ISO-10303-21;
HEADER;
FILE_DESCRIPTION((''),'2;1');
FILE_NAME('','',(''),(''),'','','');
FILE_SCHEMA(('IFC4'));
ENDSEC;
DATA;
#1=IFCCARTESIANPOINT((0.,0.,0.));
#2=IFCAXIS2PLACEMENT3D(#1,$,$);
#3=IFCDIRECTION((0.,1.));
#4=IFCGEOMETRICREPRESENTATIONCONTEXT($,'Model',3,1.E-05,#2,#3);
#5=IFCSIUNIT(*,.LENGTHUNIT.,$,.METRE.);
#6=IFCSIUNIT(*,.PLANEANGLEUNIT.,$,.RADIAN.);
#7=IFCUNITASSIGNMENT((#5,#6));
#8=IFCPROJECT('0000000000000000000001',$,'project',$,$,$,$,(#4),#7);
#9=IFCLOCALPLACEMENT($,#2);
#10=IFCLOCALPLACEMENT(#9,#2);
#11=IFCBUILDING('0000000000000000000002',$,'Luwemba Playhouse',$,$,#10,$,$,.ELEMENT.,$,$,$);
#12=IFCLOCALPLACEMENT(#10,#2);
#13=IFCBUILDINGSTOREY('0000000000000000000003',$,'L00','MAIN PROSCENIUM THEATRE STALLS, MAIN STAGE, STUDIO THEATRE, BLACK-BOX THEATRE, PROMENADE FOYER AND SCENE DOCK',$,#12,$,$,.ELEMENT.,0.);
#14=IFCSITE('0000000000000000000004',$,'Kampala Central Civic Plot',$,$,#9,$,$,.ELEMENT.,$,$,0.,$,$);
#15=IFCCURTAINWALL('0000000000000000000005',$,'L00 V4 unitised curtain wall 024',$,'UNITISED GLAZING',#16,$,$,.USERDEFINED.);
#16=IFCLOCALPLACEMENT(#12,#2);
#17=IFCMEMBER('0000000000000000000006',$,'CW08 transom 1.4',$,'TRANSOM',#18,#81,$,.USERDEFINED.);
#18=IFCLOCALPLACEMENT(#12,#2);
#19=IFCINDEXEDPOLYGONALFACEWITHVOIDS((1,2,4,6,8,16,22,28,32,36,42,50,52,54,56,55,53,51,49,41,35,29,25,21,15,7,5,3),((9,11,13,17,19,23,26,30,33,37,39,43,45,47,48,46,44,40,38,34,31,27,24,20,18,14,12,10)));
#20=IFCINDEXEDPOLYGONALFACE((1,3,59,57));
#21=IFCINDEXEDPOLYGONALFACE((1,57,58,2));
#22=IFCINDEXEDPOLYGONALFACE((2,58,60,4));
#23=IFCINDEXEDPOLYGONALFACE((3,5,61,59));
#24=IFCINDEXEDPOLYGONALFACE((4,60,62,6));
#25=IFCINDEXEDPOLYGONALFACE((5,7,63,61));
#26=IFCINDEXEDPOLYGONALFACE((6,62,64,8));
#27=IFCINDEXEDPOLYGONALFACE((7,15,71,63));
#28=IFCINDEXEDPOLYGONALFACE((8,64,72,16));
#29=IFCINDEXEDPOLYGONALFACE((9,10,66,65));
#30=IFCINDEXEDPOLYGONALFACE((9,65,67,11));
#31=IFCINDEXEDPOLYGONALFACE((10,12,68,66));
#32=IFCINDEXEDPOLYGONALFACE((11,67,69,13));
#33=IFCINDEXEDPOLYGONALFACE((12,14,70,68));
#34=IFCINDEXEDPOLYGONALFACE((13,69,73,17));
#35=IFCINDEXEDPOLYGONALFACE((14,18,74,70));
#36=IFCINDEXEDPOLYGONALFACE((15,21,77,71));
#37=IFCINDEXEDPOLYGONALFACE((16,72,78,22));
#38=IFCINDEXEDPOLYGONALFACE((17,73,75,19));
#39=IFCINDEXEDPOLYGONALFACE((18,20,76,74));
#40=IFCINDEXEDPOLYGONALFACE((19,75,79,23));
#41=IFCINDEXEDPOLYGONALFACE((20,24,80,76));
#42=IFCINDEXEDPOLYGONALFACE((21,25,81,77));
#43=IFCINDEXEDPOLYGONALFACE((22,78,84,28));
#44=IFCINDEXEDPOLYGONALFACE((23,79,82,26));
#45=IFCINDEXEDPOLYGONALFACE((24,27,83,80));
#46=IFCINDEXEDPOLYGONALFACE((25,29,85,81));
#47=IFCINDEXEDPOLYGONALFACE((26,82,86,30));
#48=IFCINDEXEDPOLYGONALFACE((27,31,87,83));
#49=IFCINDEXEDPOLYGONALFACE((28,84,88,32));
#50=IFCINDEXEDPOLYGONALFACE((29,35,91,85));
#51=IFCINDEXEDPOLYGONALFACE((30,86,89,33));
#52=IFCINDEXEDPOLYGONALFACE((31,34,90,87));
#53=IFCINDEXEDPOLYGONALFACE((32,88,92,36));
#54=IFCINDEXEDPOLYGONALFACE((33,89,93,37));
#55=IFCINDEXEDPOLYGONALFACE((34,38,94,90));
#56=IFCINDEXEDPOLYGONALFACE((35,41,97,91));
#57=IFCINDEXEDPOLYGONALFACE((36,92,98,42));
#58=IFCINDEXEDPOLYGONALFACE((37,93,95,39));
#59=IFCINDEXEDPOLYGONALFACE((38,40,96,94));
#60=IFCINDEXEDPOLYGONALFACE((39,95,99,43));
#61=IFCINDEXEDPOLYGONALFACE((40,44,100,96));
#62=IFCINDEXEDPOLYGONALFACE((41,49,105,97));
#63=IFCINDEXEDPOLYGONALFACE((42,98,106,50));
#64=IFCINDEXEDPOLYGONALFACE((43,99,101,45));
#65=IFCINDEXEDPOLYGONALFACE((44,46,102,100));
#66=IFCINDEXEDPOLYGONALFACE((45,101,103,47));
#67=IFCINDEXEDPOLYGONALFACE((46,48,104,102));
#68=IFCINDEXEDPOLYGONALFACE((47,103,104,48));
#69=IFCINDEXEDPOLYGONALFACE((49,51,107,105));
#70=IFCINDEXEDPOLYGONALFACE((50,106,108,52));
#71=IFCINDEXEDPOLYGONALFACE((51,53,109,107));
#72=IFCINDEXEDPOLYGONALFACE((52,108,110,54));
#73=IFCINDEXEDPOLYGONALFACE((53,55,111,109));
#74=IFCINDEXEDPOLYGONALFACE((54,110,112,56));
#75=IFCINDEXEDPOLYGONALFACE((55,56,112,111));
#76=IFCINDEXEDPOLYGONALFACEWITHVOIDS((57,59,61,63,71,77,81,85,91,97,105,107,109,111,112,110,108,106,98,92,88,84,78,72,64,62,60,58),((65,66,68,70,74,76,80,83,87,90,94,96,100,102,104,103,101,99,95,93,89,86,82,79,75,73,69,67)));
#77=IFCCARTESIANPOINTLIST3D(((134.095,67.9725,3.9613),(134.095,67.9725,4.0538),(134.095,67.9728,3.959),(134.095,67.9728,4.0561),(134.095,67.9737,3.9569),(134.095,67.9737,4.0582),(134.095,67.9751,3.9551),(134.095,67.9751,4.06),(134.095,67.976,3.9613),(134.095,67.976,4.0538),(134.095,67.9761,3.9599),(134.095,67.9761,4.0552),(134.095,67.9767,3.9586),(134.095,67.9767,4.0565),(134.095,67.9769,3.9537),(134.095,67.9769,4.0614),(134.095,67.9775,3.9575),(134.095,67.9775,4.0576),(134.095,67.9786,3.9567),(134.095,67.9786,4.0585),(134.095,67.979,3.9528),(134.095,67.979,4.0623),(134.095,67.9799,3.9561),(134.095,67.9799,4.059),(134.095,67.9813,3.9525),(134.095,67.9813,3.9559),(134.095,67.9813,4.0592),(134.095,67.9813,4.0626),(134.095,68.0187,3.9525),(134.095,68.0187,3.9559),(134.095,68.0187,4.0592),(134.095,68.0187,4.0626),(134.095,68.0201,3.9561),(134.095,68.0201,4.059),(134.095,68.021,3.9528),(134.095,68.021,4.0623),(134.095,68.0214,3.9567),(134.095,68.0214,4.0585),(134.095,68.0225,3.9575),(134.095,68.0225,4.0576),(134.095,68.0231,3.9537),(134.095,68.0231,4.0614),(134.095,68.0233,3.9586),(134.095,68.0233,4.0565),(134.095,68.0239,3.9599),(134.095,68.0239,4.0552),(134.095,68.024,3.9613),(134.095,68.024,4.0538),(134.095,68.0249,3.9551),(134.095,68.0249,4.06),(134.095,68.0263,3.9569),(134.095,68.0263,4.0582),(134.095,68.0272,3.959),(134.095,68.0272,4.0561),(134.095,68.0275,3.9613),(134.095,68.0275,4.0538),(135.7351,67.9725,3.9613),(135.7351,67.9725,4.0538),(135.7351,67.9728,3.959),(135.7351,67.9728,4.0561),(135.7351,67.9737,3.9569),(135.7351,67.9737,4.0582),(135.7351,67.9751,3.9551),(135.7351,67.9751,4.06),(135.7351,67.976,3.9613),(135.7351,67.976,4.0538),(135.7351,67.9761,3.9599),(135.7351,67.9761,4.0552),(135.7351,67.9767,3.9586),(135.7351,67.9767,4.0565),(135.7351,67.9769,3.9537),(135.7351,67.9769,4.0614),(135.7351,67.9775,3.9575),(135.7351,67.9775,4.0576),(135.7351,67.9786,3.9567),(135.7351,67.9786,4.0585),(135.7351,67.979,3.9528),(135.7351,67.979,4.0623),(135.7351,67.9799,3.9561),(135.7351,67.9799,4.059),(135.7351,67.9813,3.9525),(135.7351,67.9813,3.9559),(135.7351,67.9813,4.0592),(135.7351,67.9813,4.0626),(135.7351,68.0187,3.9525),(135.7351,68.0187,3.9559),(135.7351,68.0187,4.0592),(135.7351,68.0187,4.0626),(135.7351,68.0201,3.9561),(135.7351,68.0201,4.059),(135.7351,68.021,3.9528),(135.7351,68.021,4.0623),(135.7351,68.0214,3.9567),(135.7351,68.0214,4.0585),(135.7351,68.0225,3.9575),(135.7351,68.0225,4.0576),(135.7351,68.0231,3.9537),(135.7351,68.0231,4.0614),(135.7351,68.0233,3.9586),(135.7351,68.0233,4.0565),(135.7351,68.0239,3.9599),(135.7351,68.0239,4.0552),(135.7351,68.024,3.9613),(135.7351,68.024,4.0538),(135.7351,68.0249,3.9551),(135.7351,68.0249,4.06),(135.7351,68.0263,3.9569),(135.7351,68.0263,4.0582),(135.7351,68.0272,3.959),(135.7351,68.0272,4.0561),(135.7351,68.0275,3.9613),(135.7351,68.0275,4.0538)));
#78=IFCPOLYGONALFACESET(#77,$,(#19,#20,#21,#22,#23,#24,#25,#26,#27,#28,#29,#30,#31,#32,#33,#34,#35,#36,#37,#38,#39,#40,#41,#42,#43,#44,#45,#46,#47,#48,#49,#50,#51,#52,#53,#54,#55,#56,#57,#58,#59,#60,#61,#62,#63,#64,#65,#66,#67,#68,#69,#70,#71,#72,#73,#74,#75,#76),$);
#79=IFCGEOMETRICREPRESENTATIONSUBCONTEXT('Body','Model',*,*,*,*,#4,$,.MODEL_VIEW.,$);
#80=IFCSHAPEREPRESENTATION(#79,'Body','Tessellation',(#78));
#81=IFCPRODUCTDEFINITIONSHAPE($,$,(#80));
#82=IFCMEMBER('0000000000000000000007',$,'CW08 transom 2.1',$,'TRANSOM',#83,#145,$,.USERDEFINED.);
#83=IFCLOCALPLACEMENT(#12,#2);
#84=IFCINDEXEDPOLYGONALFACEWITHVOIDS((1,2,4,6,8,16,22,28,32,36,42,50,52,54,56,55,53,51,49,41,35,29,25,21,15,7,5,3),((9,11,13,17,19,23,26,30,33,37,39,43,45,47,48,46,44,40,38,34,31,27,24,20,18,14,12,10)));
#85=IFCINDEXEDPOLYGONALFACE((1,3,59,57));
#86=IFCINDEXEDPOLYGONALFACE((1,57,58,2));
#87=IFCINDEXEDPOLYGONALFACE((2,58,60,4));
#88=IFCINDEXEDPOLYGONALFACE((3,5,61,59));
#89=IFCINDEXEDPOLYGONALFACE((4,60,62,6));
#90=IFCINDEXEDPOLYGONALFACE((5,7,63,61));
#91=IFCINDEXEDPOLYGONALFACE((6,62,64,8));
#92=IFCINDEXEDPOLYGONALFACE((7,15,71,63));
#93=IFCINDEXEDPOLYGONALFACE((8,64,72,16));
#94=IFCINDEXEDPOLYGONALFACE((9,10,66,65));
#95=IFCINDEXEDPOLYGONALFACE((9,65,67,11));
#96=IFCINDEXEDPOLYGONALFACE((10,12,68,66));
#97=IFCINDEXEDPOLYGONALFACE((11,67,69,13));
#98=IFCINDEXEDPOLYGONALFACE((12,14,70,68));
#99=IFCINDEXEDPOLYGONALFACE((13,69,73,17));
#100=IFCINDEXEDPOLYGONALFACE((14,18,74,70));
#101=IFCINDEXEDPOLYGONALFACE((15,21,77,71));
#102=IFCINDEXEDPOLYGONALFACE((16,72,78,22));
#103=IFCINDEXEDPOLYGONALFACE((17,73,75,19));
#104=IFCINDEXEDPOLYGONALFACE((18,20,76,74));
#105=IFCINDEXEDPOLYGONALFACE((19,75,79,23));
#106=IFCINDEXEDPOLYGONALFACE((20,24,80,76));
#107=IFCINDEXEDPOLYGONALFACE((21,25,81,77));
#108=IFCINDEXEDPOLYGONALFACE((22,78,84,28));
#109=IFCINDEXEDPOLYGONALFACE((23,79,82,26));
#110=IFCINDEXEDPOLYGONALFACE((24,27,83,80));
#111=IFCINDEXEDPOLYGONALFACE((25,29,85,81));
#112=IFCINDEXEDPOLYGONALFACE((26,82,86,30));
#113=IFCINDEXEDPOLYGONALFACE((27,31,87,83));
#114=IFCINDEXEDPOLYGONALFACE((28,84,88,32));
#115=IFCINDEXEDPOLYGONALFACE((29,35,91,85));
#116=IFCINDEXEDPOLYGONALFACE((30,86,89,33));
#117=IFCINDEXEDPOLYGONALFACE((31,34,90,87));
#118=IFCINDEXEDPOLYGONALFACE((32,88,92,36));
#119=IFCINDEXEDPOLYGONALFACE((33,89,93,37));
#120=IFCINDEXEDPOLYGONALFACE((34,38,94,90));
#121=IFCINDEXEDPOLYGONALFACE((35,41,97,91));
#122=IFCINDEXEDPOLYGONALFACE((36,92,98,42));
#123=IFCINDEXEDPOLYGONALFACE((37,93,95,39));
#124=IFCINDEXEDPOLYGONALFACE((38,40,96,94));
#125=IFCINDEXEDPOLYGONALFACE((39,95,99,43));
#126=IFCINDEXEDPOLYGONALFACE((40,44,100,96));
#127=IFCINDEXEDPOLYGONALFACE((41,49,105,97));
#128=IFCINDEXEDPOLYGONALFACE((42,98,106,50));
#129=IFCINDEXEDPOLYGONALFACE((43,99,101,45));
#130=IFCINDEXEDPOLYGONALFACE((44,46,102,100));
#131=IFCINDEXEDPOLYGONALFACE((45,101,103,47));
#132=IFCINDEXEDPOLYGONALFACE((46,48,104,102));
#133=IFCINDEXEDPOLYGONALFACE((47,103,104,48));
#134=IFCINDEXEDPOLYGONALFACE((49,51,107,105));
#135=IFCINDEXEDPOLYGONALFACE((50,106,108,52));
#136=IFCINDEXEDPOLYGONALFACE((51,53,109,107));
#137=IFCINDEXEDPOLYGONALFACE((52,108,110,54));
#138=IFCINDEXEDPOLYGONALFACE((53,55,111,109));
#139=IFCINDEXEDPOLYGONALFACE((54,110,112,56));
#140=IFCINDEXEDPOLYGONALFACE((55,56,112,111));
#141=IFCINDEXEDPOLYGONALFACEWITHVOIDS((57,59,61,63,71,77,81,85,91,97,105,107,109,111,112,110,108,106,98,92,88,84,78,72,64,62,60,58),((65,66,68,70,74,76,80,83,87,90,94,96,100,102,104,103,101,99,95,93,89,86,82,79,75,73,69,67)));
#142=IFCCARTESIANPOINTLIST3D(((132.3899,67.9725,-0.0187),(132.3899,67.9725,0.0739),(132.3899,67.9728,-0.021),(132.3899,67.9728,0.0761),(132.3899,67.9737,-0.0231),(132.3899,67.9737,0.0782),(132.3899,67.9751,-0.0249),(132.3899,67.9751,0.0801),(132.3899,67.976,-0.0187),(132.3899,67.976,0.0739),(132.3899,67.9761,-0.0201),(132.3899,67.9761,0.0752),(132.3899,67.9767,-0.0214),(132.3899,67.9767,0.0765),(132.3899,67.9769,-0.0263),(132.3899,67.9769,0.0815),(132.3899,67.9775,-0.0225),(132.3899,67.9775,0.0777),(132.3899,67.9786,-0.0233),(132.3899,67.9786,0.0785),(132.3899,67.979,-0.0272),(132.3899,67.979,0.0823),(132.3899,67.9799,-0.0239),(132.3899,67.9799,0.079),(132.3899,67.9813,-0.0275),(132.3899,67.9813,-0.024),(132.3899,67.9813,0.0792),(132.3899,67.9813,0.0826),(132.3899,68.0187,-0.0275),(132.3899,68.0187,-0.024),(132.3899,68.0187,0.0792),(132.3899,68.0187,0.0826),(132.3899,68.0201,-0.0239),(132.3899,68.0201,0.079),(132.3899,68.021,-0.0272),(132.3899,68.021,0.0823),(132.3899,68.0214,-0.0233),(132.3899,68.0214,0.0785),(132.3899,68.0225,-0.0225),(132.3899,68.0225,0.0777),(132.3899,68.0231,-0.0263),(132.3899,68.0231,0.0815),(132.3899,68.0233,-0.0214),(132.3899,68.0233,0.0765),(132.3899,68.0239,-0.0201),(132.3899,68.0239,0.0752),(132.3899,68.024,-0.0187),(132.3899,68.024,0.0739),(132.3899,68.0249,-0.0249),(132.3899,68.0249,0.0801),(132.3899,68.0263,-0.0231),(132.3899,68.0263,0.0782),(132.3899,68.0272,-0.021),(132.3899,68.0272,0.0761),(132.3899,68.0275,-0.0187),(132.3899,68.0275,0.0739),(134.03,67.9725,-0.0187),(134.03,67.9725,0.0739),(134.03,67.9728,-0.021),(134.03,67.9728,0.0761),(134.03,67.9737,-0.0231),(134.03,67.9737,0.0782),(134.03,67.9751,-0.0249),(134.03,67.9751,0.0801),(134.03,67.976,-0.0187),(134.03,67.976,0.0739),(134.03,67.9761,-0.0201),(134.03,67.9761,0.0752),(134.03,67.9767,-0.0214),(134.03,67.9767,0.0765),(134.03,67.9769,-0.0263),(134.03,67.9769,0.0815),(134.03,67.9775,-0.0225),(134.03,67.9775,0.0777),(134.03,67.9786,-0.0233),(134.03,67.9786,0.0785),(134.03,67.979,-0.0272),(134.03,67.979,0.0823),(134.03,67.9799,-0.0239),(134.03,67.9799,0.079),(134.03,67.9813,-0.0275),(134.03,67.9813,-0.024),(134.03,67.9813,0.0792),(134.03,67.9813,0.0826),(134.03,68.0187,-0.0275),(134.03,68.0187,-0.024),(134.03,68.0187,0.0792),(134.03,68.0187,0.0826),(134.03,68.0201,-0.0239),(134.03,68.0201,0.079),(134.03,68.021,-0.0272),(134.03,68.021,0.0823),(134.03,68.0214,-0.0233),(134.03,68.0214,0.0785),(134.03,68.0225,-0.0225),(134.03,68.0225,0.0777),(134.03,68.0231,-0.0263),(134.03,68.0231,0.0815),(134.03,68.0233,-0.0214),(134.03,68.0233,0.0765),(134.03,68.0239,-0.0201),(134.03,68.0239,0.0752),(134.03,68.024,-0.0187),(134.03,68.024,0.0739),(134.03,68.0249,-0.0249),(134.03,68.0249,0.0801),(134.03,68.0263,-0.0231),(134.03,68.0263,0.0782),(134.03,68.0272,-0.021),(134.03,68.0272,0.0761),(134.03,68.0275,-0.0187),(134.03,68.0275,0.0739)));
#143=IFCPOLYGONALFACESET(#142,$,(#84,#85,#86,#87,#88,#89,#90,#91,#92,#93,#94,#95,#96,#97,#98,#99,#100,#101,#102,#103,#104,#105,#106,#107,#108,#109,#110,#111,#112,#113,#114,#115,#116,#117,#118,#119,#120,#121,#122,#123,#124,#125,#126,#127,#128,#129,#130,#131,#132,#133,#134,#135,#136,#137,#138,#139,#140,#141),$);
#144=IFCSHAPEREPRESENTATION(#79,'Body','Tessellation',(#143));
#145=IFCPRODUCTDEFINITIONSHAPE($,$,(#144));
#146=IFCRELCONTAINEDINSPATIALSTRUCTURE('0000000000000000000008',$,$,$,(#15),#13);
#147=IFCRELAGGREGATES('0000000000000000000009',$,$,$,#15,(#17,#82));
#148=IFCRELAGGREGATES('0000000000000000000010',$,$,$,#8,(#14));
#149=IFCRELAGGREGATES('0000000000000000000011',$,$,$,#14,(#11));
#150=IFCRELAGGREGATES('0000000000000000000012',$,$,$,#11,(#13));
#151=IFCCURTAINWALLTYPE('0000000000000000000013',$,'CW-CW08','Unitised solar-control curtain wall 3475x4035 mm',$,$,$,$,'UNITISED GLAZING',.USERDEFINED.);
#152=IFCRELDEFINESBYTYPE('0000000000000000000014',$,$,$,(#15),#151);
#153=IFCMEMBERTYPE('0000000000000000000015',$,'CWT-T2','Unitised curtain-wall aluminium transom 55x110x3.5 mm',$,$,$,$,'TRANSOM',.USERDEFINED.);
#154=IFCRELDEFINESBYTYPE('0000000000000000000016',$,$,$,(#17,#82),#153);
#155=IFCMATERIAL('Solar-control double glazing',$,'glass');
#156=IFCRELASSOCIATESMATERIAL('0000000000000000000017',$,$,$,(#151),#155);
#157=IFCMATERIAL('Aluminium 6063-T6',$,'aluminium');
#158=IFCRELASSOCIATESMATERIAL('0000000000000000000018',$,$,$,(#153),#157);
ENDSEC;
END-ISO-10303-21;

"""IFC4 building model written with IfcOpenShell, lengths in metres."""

from ifc_helpers import new_model, si_unit, direction, frame, origin, origin_2d, place, context, subcontext, project, spatial, hollow_rectangle, extrude, material, material_profile, profile_set, type_object, element, aggregate, save


model = new_model("IFC4")

# Units and contexts
model_context = context("Model", 3, precision=1e-05, world=origin(), true_north=direction((0.0, 1.0)))
body_context = subcontext(model_context, "Body", "Model", "MODEL_VIEW")
ifc_project = project(units=[si_unit("LENGTHUNIT", "METRE"), si_unit("PLANEANGLEUNIT", "RADIAN")], contexts=[model_context])

# Site, building, storey
site_placement = place(None, origin())
site = spatial("IfcSite", under=ifc_project, at=site_placement, Name="Kampala Central Civic Plot", CompositionType="ELEMENT", RefElevation=0.0)
building_placement = place(site_placement, origin())
building = spatial("IfcBuilding", under=site, at=building_placement, Name="Luwemba Playhouse", CompositionType="ELEMENT")
storey_placement = place(building_placement, origin())
storey = spatial("IfcBuildingStorey", under=building, at=storey_placement, Name="L00", Description="MAIN PROSCENIUM THEATRE STALLS, MAIN STAGE, STUDIO THEATRE, BLACK-BOX THEATRE, PROMENADE FOYER AND SCENE DOCK", CompositionType="ELEMENT", Elevation=0.0)

# Curtain wall, members
ifc_material_1 = material(Name="Solar-control double glazing", Category="glass")
curtain_wall_type = type_object("IfcCurtainWallType", Name="CW-CW08", Description="Unitised solar-control curtain wall 3475x4035 mm", ElementType="UNITISED GLAZING", PredefinedType="USERDEFINED", material=ifc_material_1)
curtain_wall_placement = place(storey_placement, origin())
curtain_wall = element("IfcCurtainWall", 1, at=curtain_wall_placement, inside=storey, type_object=curtain_wall_type, Name="L00 V4 unitised curtain wall 024", ObjectType="UNITISED GLAZING", PredefinedType="USERDEFINED")
ifc_material_2 = material(Name="Aluminium 6063-T6", Category="aluminium")
ifc_material_profile_1 = material_profile(ifc_material_2, hollow_rectangle(XDim=0.0549, YDim=0.1101, WallThickness=0.0034, InnerFilletRadius=0.0054, OuterFilletRadius=0.0088, at=origin_2d()))
ifc_profile_set_1 = profile_set([ifc_material_profile_1], Name="Aluminium 6063-T6")
member_type_1 = type_object("IfcMemberType", Name="CWT-T2", Description="Unitised curtain-wall aluminium transom 55x110x3.5 mm", ElementType="TRANSOM", PredefinedType="USERDEFINED", material=ifc_profile_set_1)
member_1_placement = place(storey_placement, frame((135.7351, 68.0, 4.0076), z_axis=(-1.0, 0.0, 0.0), x_axis=(0.0, -1.0, 0.0)))
member_1 = element("IfcMember", 2, at=member_1_placement, type_object=member_type_1, Name="CW08 transom 1.4", ObjectType="TRANSOM", PredefinedType="USERDEFINED", context=body_context, shape_type="SweptSolid", body=[
    extrude(hollow_rectangle(XDim=0.0549, YDim=0.1101, WallThickness=0.0034, InnerFilletRadius=0.0054, OuterFilletRadius=0.0088, at=origin_2d()), origin(), (0.0, 0.0, 1.0), 1.6401),
])
member_2_placement = place(storey_placement, frame((134.03, 68.0, 0.0276), z_axis=(-1.0, 0.0, 0.0), x_axis=(0.0, -1.0, 0.0)))
member_2 = element("IfcMember", 3, at=member_2_placement, type_object=member_type_1, Name="CW08 transom 2.1", ObjectType="TRANSOM", PredefinedType="USERDEFINED", context=body_context, shape_type="SweptSolid", body=[
    extrude(hollow_rectangle(XDim=0.0549, YDim=0.1101, WallThickness=0.0034, InnerFilletRadius=0.0054, OuterFilletRadius=0.0088, at=origin_2d()), origin(), (0.0, 0.0, 1.0), 1.6401),
])
aggregate(curtain_wall, [member_1, member_2])

save(model, "model.ifc")
